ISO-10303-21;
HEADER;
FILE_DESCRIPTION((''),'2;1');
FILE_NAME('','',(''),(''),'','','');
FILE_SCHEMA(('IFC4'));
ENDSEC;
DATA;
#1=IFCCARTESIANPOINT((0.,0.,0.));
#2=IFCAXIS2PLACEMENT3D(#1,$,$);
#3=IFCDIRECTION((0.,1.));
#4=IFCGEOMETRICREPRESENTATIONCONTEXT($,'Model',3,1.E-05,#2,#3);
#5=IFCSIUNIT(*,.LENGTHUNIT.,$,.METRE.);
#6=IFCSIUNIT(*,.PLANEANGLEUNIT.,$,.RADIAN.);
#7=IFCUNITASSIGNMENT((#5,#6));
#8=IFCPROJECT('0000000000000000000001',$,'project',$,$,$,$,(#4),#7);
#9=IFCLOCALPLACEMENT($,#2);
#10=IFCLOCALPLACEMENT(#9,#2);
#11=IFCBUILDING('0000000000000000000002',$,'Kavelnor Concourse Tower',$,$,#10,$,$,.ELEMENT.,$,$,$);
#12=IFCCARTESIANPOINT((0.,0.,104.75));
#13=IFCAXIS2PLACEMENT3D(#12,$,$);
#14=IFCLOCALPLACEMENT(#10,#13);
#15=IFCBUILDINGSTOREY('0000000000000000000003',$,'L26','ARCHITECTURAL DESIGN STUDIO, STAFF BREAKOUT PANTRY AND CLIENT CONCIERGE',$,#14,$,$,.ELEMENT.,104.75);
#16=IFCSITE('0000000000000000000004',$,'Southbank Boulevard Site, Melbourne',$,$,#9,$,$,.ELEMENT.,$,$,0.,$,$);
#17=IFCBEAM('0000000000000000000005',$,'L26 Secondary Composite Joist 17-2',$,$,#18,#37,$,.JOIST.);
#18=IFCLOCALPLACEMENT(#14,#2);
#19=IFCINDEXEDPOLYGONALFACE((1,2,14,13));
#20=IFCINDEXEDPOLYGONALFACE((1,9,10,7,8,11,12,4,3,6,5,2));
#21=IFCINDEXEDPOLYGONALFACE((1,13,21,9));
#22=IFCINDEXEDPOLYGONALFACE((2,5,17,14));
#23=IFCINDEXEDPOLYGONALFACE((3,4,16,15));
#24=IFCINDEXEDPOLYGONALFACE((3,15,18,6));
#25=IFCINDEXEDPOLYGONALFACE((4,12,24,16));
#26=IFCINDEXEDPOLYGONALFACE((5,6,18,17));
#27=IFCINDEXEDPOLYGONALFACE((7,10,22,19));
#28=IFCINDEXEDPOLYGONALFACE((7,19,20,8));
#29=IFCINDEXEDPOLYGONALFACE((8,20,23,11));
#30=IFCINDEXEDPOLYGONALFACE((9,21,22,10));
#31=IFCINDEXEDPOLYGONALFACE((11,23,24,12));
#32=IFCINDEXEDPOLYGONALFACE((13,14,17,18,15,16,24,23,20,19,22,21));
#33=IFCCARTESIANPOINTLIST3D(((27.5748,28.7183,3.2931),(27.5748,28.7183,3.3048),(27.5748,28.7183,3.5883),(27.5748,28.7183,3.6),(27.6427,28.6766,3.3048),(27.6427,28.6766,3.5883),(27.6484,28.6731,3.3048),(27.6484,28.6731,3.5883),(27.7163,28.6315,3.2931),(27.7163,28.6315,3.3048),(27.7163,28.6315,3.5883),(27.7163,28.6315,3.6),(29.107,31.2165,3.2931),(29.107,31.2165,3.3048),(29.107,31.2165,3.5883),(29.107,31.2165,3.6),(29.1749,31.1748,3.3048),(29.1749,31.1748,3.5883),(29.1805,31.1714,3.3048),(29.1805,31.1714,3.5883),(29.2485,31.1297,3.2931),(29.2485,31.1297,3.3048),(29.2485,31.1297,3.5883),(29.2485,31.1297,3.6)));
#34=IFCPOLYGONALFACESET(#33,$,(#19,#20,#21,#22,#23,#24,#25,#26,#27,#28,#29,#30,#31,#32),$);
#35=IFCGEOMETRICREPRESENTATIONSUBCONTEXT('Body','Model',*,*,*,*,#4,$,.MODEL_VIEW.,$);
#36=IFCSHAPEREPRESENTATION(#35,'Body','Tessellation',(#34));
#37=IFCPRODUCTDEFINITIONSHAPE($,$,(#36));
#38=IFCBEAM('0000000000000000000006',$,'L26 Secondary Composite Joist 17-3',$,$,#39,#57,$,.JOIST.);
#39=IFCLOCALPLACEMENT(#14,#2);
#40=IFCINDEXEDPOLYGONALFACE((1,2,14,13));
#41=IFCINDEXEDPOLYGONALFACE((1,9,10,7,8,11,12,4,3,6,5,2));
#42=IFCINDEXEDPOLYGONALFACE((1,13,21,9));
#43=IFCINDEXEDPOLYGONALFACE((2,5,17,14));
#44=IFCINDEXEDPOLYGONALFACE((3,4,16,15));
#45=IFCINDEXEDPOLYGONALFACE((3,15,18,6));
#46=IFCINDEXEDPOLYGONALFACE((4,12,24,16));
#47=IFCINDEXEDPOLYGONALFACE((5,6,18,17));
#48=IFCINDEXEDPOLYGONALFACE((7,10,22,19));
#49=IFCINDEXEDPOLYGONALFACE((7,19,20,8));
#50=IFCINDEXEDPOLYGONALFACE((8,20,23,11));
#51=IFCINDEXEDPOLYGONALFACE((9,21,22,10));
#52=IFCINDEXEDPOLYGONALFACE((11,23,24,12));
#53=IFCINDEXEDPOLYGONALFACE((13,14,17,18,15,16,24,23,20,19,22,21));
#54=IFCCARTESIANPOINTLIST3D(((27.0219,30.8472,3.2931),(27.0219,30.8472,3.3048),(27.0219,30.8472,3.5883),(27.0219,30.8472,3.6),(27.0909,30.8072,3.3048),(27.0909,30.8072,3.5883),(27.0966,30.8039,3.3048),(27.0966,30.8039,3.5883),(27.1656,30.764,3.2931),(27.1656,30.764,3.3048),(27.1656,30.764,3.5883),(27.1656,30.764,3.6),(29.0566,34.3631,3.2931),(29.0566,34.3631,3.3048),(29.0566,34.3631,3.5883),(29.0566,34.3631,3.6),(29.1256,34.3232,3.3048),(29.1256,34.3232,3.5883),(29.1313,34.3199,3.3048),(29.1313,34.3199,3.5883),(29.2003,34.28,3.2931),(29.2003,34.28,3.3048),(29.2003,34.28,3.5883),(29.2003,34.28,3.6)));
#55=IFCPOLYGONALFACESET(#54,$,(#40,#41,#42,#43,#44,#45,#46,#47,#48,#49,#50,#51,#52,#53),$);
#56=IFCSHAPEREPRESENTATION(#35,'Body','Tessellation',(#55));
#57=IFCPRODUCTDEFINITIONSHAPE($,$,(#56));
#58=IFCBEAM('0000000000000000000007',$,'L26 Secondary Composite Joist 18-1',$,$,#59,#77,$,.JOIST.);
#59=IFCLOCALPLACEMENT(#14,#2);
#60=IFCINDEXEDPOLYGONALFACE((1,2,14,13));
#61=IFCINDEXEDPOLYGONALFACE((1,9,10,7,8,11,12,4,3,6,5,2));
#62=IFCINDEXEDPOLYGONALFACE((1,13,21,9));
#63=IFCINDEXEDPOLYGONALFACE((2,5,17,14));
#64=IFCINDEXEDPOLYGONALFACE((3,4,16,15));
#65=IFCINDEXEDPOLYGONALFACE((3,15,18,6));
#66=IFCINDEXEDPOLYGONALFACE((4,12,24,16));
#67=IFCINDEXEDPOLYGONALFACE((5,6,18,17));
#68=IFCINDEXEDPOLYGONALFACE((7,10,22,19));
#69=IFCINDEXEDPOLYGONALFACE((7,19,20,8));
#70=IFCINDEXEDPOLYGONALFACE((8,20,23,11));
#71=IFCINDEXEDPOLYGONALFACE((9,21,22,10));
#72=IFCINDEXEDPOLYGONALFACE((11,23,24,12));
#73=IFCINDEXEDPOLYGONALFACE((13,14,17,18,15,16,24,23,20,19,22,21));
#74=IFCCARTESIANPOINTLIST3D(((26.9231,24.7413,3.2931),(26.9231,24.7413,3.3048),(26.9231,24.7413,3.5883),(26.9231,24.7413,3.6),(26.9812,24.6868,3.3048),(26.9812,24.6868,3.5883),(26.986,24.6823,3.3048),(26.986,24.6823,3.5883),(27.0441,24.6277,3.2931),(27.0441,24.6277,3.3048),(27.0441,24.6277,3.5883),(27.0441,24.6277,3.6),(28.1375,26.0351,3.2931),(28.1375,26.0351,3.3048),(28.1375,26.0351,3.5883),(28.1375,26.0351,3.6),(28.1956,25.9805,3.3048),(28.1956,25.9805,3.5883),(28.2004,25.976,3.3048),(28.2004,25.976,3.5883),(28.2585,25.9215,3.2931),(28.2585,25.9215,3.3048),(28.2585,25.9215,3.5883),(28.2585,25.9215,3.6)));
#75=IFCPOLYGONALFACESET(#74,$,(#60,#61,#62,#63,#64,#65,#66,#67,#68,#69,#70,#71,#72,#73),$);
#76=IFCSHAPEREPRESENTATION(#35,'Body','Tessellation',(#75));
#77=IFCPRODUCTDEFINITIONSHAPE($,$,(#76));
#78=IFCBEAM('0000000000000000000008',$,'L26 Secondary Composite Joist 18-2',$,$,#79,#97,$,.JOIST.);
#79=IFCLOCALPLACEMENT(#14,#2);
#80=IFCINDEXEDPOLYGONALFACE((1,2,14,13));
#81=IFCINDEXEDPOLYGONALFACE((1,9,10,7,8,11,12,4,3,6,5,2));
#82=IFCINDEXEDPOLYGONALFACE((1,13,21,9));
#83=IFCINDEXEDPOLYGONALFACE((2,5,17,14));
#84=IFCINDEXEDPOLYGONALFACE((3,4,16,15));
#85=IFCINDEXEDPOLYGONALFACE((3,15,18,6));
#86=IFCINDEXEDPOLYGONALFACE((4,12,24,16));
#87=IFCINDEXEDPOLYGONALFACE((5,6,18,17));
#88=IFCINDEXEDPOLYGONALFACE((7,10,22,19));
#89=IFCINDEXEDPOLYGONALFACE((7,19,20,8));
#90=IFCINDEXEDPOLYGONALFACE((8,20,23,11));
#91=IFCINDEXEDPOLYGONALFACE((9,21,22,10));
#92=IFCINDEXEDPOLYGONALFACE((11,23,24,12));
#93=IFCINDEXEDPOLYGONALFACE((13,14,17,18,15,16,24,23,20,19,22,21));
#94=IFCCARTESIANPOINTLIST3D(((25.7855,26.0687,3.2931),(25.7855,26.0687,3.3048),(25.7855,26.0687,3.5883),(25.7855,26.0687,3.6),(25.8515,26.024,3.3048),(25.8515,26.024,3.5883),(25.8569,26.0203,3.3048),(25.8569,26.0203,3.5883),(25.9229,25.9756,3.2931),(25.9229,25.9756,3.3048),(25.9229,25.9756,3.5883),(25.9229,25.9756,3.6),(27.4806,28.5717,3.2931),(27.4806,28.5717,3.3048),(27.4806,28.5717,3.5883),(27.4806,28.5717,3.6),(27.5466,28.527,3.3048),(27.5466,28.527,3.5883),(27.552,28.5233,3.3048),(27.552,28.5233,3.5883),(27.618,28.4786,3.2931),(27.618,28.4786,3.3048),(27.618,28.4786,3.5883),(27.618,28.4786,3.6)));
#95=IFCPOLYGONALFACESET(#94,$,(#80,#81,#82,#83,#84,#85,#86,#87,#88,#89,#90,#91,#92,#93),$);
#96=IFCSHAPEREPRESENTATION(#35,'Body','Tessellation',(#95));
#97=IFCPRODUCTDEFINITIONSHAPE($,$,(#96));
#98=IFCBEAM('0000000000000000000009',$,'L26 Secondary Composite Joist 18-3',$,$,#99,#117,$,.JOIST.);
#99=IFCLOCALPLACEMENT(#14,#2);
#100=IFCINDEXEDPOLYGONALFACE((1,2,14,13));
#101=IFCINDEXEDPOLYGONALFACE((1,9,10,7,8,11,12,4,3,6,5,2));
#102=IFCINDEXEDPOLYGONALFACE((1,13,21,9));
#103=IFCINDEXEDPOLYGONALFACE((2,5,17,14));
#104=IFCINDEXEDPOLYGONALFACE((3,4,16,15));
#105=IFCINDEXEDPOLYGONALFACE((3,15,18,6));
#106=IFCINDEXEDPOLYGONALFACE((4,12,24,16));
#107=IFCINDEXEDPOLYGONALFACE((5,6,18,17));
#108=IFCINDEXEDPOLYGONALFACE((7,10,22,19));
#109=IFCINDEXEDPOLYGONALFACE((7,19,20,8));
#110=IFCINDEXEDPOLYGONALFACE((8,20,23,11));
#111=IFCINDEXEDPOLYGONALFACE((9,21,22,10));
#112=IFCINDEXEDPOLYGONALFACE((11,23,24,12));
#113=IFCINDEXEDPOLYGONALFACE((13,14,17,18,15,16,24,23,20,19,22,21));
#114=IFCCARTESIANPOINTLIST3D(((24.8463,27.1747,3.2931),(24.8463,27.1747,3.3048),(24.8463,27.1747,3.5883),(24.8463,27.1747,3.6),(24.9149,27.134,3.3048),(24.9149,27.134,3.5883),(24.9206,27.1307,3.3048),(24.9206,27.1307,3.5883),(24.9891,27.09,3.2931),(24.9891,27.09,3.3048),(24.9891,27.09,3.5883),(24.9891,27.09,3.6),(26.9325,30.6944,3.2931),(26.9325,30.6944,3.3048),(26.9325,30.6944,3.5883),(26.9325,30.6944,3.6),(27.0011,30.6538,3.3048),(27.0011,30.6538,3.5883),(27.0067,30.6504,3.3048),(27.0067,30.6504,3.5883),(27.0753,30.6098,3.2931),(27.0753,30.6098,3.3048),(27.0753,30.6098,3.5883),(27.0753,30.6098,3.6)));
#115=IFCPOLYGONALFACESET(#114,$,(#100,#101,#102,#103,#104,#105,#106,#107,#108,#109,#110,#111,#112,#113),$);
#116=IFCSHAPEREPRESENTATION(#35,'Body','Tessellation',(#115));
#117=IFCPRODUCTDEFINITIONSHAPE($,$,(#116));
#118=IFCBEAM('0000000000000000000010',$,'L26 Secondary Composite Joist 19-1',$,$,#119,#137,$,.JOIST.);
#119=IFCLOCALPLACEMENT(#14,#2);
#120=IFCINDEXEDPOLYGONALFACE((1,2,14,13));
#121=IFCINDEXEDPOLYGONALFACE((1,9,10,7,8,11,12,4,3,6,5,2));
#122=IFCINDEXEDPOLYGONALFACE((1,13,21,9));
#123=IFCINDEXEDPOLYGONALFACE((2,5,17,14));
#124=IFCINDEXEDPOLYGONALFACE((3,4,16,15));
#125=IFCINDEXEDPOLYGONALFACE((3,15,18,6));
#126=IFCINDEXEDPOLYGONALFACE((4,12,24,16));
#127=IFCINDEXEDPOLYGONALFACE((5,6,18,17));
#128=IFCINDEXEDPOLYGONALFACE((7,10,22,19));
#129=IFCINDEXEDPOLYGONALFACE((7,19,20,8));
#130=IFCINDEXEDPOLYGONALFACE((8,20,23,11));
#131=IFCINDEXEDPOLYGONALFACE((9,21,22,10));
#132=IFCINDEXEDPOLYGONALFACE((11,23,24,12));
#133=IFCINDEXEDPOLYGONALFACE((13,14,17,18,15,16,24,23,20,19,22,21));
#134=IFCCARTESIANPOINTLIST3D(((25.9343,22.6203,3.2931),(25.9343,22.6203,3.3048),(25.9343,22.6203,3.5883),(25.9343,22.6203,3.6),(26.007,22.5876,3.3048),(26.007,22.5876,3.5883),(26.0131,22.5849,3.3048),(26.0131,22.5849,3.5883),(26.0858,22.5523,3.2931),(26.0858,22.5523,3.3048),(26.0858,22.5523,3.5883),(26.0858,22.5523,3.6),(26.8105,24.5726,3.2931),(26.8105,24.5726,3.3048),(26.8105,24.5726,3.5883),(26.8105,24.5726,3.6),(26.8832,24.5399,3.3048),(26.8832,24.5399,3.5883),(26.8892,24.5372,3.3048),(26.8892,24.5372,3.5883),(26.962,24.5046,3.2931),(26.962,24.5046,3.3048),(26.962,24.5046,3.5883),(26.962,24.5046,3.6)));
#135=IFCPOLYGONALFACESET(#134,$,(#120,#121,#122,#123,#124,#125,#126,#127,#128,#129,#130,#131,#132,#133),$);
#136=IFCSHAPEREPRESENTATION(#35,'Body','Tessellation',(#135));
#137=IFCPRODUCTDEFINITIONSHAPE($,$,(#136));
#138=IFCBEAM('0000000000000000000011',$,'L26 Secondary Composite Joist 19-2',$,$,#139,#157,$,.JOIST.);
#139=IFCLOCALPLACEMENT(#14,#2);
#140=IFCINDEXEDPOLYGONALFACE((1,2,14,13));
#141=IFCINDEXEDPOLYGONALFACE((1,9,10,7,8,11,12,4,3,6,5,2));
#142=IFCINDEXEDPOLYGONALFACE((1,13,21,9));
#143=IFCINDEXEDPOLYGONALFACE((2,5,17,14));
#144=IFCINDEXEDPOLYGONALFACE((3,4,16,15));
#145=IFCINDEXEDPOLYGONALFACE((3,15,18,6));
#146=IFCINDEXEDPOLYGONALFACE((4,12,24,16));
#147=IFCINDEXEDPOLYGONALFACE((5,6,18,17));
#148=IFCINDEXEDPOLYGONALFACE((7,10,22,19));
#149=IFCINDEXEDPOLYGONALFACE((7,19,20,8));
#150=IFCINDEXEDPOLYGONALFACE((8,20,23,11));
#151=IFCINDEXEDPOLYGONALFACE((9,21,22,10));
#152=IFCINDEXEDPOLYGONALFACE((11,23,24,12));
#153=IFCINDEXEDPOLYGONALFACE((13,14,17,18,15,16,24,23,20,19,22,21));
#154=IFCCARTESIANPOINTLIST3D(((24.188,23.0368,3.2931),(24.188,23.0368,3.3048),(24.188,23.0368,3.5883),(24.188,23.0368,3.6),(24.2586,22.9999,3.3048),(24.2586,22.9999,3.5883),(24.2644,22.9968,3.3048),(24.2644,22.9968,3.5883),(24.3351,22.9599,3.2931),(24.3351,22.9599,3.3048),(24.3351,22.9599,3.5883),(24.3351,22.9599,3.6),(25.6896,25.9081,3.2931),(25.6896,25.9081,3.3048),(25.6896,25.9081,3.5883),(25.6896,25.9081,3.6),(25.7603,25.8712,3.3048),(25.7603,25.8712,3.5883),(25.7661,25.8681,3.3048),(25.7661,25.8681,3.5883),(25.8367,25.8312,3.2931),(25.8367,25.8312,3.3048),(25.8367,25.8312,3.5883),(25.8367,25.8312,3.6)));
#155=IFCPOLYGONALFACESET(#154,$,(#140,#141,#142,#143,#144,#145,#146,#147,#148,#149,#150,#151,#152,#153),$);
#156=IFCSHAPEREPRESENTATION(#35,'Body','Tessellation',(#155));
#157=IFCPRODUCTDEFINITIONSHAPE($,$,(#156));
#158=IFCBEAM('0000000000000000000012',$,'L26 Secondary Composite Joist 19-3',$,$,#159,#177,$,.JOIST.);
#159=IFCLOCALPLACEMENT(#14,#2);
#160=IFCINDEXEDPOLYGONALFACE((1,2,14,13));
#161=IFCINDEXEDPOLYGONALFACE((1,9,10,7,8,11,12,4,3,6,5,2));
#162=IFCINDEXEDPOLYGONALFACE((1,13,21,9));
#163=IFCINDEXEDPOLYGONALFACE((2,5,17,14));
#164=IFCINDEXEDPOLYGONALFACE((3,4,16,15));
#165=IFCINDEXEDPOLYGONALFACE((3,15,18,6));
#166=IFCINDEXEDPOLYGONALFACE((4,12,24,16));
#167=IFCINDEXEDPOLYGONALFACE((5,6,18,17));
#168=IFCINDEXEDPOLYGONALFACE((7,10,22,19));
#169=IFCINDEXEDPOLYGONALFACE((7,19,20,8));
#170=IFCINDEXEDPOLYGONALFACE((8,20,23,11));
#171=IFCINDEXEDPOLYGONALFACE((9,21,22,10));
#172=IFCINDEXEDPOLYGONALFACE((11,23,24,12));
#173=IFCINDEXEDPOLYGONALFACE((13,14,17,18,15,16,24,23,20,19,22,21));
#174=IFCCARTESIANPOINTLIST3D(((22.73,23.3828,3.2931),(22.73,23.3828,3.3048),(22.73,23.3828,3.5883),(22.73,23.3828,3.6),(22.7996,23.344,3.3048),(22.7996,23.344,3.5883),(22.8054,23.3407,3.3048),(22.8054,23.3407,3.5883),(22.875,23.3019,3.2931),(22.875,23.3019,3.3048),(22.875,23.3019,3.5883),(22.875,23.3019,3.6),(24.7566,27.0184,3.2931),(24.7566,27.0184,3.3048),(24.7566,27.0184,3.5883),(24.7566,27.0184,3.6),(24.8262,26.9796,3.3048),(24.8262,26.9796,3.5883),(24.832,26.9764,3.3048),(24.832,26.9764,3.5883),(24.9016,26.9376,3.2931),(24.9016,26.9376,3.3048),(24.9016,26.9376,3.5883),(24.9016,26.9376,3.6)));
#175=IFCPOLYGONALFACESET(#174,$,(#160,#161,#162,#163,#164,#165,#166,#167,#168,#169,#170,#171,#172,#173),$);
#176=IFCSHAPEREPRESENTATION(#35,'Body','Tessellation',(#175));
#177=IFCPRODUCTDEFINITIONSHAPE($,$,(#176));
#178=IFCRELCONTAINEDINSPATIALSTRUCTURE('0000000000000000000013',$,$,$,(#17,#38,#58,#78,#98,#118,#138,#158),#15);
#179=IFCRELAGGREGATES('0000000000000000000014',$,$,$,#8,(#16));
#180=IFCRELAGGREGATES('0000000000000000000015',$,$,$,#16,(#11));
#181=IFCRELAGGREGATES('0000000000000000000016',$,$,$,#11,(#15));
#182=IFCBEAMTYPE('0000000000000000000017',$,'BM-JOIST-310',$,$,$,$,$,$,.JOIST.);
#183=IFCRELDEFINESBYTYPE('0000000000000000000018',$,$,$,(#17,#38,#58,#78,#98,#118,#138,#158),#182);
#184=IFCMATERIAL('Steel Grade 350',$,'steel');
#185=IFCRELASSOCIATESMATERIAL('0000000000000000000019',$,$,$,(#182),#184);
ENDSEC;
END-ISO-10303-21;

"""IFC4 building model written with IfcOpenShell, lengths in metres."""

from ifc_helpers import new_model, si_unit, direction, frame, origin, origin_2d, place, context, subcontext, project, spatial, i_section, extrude, material, material_profile, profile_set, type_object, element, save


model = new_model("IFC4")

# Units and contexts
model_context = context("Model", 3, precision=1e-05, world=origin(), true_north=direction((0.0, 1.0)))
body_context = subcontext(model_context, "Body", "Model", "MODEL_VIEW")
ifc_project = project(units=[si_unit("LENGTHUNIT", "METRE"), si_unit("PLANEANGLEUNIT", "RADIAN")], contexts=[model_context])

# Site, building, storey
site_placement = place(None, origin())
site = spatial("IfcSite", under=ifc_project, at=site_placement, Name="Southbank Boulevard Site, Melbourne", CompositionType="ELEMENT", RefElevation=0.0)
building_placement = place(site_placement, origin())
building = spatial("IfcBuilding", under=site, at=building_placement, Name="Kavelnor Concourse Tower", CompositionType="ELEMENT")
storey_placement = place(building_placement, frame((0.0, 0.0, 104.75)))
storey = spatial("IfcBuildingStorey", under=building, at=storey_placement, Name="L26", Description="ARCHITECTURAL DESIGN STUDIO, STAFF BREAKOUT PANTRY AND CLIENT CONCIERGE", CompositionType="ELEMENT", Elevation=104.75)

# Shared definitions
ifc_material_1 = material(Name="Steel Grade 350", Category="steel")

# Beams
ifc_material_profile_1 = material_profile(ifc_material_1, i_section(OverallWidth=0.166, OverallDepth=0.3069, WebThickness=0.0066, FlangeThickness=0.0117, at=origin_2d()), Name="310UB46")
ifc_profile_set_1 = profile_set([ifc_material_profile_1], Name="Steel Grade 350")
beam_type_1 = type_object("IfcBeamType", Name="BM-JOIST-310", PredefinedType="JOIST", material=ifc_profile_set_1)
beam_1_placement = place(storey_placement, frame((29.1777, 31.1731, 3.4465), z_axis=(-0.522814, -0.852447, 0.0), x_axis=(0.852447, -0.522814, 0.0)))
element("IfcBeam", 1, at=beam_1_placement, inside=storey, type_object=beam_type_1, Name="L26 Secondary Composite Joist 17-2", PredefinedType="JOIST", context=body_context, shape_type="SweptSolid", body=[
    extrude(i_section(OverallWidth=0.166, OverallDepth=0.3069, WebThickness=0.0066, FlangeThickness=0.0117, at=origin_2d()), origin(), (0.0, 0.0, 1.0), 2.9307),
])
beam_2_placement = place(storey_placement, frame((29.1284, 34.3215, 3.4465), z_axis=(-0.500882, -0.865515, 0.0), x_axis=(0.865515, -0.500882, 0.0)))
element("IfcBeam", 2, at=beam_2_placement, inside=storey, type_object=beam_type_1, Name="L26 Secondary Composite Joist 17-3", PredefinedType="JOIST", context=body_context, shape_type="SweptSolid", body=[
    extrude(i_section(OverallWidth=0.166, OverallDepth=0.3069, WebThickness=0.0066, FlangeThickness=0.0117, at=origin_2d()), origin(), (0.0, 0.0, 1.0), 4.0623),
])
beam_3_placement = place(storey_placement, frame((28.198, 25.9783, 3.4465), z_axis=(-0.684394, -0.729112, 0.0), x_axis=(0.729112, -0.684394, 0.0)))
element("IfcBeam", 3, at=beam_3_placement, inside=storey, type_object=beam_type_1, Name="L26 Secondary Composite Joist 18-1", PredefinedType="JOIST", context=body_context, shape_type="SweptSolid", body=[
    extrude(i_section(OverallWidth=0.166, OverallDepth=0.3069, WebThickness=0.0066, FlangeThickness=0.0117, at=origin_2d()), origin(), (0.0, 0.0, 1.0), 1.7744),
])
beam_4_placement = place(storey_placement, frame((27.5493, 28.5251, 3.4465), z_axis=(-0.560743, -0.82799, 0.0), x_axis=(0.82799, -0.560743, 0.0)))
element("IfcBeam", 4, at=beam_4_placement, inside=storey, type_object=beam_type_1, Name="L26 Secondary Composite Joist 18-2", PredefinedType="JOIST", context=body_context, shape_type="SweptSolid", body=[
    extrude(i_section(OverallWidth=0.166, OverallDepth=0.3069, WebThickness=0.0066, FlangeThickness=0.0117, at=origin_2d()), origin(), (0.0, 0.0, 1.0), 3.0229),
])
beam_5_placement = place(storey_placement, frame((27.0039, 30.6521, 3.4465), z_axis=(-0.509873, -0.86025, 0.0), x_axis=(0.86025, -0.509873, 0.0)))
element("IfcBeam", 5, at=beam_5_placement, inside=storey, type_object=beam_type_1, Name="L26 Secondary Composite Joist 18-3", PredefinedType="JOIST", context=body_context, shape_type="SweptSolid", body=[
    extrude(i_section(OverallWidth=0.166, OverallDepth=0.3069, WebThickness=0.0066, FlangeThickness=0.0117, at=origin_2d()), origin(), (0.0, 0.0, 1.0), 4.0916),
])
beam_6_placement = place(storey_placement, frame((26.8862, 24.5386, 3.4465), z_axis=(-0.409449, -0.912333, 0.0), x_axis=(0.912333, -0.409449, 0.0)))
element("IfcBeam", 6, at=beam_6_placement, inside=storey, type_object=beam_type_1, Name="L26 Secondary Composite Joist 19-1", PredefinedType="JOIST", context=body_context, shape_type="SweptSolid", body=[
    extrude(i_section(OverallWidth=0.166, OverallDepth=0.3069, WebThickness=0.0066, FlangeThickness=0.0117, at=origin_2d()), origin(), (0.0, 0.0, 1.0), 2.1399),
])
beam_7_placement = place(storey_placement, frame((25.7632, 25.8696, 3.4465), z_axis=(-0.463444, -0.886126, 0.0), x_axis=(0.886126, -0.463444, 0.0)))
element("IfcBeam", 7, at=beam_7_placement, inside=storey, type_object=beam_type_1, Name="L26 Secondary Composite Joist 19-2", PredefinedType="JOIST", context=body_context, shape_type="SweptSolid", body=[
    extrude(i_section(OverallWidth=0.166, OverallDepth=0.3069, WebThickness=0.0066, FlangeThickness=0.0117, at=origin_2d()), origin(), (0.0, 0.0, 1.0), 3.2402),
])
beam_8_placement = place(storey_placement, frame((24.8291, 26.978, 3.4465), z_axis=(-0.486882, -0.873467, 0.0), x_axis=(0.873467, -0.486882, 0.0)))
element("IfcBeam", 8, at=beam_8_placement, inside=storey, type_object=beam_type_1, Name="L26 Secondary Composite Joist 19-3", PredefinedType="JOIST", context=body_context, shape_type="SweptSolid", body=[
    extrude(i_section(OverallWidth=0.166, OverallDepth=0.3069, WebThickness=0.0066, FlangeThickness=0.0117, at=origin_2d()), origin(), (0.0, 0.0, 1.0), 4.1624),
])

save(model, "model.ifc")
